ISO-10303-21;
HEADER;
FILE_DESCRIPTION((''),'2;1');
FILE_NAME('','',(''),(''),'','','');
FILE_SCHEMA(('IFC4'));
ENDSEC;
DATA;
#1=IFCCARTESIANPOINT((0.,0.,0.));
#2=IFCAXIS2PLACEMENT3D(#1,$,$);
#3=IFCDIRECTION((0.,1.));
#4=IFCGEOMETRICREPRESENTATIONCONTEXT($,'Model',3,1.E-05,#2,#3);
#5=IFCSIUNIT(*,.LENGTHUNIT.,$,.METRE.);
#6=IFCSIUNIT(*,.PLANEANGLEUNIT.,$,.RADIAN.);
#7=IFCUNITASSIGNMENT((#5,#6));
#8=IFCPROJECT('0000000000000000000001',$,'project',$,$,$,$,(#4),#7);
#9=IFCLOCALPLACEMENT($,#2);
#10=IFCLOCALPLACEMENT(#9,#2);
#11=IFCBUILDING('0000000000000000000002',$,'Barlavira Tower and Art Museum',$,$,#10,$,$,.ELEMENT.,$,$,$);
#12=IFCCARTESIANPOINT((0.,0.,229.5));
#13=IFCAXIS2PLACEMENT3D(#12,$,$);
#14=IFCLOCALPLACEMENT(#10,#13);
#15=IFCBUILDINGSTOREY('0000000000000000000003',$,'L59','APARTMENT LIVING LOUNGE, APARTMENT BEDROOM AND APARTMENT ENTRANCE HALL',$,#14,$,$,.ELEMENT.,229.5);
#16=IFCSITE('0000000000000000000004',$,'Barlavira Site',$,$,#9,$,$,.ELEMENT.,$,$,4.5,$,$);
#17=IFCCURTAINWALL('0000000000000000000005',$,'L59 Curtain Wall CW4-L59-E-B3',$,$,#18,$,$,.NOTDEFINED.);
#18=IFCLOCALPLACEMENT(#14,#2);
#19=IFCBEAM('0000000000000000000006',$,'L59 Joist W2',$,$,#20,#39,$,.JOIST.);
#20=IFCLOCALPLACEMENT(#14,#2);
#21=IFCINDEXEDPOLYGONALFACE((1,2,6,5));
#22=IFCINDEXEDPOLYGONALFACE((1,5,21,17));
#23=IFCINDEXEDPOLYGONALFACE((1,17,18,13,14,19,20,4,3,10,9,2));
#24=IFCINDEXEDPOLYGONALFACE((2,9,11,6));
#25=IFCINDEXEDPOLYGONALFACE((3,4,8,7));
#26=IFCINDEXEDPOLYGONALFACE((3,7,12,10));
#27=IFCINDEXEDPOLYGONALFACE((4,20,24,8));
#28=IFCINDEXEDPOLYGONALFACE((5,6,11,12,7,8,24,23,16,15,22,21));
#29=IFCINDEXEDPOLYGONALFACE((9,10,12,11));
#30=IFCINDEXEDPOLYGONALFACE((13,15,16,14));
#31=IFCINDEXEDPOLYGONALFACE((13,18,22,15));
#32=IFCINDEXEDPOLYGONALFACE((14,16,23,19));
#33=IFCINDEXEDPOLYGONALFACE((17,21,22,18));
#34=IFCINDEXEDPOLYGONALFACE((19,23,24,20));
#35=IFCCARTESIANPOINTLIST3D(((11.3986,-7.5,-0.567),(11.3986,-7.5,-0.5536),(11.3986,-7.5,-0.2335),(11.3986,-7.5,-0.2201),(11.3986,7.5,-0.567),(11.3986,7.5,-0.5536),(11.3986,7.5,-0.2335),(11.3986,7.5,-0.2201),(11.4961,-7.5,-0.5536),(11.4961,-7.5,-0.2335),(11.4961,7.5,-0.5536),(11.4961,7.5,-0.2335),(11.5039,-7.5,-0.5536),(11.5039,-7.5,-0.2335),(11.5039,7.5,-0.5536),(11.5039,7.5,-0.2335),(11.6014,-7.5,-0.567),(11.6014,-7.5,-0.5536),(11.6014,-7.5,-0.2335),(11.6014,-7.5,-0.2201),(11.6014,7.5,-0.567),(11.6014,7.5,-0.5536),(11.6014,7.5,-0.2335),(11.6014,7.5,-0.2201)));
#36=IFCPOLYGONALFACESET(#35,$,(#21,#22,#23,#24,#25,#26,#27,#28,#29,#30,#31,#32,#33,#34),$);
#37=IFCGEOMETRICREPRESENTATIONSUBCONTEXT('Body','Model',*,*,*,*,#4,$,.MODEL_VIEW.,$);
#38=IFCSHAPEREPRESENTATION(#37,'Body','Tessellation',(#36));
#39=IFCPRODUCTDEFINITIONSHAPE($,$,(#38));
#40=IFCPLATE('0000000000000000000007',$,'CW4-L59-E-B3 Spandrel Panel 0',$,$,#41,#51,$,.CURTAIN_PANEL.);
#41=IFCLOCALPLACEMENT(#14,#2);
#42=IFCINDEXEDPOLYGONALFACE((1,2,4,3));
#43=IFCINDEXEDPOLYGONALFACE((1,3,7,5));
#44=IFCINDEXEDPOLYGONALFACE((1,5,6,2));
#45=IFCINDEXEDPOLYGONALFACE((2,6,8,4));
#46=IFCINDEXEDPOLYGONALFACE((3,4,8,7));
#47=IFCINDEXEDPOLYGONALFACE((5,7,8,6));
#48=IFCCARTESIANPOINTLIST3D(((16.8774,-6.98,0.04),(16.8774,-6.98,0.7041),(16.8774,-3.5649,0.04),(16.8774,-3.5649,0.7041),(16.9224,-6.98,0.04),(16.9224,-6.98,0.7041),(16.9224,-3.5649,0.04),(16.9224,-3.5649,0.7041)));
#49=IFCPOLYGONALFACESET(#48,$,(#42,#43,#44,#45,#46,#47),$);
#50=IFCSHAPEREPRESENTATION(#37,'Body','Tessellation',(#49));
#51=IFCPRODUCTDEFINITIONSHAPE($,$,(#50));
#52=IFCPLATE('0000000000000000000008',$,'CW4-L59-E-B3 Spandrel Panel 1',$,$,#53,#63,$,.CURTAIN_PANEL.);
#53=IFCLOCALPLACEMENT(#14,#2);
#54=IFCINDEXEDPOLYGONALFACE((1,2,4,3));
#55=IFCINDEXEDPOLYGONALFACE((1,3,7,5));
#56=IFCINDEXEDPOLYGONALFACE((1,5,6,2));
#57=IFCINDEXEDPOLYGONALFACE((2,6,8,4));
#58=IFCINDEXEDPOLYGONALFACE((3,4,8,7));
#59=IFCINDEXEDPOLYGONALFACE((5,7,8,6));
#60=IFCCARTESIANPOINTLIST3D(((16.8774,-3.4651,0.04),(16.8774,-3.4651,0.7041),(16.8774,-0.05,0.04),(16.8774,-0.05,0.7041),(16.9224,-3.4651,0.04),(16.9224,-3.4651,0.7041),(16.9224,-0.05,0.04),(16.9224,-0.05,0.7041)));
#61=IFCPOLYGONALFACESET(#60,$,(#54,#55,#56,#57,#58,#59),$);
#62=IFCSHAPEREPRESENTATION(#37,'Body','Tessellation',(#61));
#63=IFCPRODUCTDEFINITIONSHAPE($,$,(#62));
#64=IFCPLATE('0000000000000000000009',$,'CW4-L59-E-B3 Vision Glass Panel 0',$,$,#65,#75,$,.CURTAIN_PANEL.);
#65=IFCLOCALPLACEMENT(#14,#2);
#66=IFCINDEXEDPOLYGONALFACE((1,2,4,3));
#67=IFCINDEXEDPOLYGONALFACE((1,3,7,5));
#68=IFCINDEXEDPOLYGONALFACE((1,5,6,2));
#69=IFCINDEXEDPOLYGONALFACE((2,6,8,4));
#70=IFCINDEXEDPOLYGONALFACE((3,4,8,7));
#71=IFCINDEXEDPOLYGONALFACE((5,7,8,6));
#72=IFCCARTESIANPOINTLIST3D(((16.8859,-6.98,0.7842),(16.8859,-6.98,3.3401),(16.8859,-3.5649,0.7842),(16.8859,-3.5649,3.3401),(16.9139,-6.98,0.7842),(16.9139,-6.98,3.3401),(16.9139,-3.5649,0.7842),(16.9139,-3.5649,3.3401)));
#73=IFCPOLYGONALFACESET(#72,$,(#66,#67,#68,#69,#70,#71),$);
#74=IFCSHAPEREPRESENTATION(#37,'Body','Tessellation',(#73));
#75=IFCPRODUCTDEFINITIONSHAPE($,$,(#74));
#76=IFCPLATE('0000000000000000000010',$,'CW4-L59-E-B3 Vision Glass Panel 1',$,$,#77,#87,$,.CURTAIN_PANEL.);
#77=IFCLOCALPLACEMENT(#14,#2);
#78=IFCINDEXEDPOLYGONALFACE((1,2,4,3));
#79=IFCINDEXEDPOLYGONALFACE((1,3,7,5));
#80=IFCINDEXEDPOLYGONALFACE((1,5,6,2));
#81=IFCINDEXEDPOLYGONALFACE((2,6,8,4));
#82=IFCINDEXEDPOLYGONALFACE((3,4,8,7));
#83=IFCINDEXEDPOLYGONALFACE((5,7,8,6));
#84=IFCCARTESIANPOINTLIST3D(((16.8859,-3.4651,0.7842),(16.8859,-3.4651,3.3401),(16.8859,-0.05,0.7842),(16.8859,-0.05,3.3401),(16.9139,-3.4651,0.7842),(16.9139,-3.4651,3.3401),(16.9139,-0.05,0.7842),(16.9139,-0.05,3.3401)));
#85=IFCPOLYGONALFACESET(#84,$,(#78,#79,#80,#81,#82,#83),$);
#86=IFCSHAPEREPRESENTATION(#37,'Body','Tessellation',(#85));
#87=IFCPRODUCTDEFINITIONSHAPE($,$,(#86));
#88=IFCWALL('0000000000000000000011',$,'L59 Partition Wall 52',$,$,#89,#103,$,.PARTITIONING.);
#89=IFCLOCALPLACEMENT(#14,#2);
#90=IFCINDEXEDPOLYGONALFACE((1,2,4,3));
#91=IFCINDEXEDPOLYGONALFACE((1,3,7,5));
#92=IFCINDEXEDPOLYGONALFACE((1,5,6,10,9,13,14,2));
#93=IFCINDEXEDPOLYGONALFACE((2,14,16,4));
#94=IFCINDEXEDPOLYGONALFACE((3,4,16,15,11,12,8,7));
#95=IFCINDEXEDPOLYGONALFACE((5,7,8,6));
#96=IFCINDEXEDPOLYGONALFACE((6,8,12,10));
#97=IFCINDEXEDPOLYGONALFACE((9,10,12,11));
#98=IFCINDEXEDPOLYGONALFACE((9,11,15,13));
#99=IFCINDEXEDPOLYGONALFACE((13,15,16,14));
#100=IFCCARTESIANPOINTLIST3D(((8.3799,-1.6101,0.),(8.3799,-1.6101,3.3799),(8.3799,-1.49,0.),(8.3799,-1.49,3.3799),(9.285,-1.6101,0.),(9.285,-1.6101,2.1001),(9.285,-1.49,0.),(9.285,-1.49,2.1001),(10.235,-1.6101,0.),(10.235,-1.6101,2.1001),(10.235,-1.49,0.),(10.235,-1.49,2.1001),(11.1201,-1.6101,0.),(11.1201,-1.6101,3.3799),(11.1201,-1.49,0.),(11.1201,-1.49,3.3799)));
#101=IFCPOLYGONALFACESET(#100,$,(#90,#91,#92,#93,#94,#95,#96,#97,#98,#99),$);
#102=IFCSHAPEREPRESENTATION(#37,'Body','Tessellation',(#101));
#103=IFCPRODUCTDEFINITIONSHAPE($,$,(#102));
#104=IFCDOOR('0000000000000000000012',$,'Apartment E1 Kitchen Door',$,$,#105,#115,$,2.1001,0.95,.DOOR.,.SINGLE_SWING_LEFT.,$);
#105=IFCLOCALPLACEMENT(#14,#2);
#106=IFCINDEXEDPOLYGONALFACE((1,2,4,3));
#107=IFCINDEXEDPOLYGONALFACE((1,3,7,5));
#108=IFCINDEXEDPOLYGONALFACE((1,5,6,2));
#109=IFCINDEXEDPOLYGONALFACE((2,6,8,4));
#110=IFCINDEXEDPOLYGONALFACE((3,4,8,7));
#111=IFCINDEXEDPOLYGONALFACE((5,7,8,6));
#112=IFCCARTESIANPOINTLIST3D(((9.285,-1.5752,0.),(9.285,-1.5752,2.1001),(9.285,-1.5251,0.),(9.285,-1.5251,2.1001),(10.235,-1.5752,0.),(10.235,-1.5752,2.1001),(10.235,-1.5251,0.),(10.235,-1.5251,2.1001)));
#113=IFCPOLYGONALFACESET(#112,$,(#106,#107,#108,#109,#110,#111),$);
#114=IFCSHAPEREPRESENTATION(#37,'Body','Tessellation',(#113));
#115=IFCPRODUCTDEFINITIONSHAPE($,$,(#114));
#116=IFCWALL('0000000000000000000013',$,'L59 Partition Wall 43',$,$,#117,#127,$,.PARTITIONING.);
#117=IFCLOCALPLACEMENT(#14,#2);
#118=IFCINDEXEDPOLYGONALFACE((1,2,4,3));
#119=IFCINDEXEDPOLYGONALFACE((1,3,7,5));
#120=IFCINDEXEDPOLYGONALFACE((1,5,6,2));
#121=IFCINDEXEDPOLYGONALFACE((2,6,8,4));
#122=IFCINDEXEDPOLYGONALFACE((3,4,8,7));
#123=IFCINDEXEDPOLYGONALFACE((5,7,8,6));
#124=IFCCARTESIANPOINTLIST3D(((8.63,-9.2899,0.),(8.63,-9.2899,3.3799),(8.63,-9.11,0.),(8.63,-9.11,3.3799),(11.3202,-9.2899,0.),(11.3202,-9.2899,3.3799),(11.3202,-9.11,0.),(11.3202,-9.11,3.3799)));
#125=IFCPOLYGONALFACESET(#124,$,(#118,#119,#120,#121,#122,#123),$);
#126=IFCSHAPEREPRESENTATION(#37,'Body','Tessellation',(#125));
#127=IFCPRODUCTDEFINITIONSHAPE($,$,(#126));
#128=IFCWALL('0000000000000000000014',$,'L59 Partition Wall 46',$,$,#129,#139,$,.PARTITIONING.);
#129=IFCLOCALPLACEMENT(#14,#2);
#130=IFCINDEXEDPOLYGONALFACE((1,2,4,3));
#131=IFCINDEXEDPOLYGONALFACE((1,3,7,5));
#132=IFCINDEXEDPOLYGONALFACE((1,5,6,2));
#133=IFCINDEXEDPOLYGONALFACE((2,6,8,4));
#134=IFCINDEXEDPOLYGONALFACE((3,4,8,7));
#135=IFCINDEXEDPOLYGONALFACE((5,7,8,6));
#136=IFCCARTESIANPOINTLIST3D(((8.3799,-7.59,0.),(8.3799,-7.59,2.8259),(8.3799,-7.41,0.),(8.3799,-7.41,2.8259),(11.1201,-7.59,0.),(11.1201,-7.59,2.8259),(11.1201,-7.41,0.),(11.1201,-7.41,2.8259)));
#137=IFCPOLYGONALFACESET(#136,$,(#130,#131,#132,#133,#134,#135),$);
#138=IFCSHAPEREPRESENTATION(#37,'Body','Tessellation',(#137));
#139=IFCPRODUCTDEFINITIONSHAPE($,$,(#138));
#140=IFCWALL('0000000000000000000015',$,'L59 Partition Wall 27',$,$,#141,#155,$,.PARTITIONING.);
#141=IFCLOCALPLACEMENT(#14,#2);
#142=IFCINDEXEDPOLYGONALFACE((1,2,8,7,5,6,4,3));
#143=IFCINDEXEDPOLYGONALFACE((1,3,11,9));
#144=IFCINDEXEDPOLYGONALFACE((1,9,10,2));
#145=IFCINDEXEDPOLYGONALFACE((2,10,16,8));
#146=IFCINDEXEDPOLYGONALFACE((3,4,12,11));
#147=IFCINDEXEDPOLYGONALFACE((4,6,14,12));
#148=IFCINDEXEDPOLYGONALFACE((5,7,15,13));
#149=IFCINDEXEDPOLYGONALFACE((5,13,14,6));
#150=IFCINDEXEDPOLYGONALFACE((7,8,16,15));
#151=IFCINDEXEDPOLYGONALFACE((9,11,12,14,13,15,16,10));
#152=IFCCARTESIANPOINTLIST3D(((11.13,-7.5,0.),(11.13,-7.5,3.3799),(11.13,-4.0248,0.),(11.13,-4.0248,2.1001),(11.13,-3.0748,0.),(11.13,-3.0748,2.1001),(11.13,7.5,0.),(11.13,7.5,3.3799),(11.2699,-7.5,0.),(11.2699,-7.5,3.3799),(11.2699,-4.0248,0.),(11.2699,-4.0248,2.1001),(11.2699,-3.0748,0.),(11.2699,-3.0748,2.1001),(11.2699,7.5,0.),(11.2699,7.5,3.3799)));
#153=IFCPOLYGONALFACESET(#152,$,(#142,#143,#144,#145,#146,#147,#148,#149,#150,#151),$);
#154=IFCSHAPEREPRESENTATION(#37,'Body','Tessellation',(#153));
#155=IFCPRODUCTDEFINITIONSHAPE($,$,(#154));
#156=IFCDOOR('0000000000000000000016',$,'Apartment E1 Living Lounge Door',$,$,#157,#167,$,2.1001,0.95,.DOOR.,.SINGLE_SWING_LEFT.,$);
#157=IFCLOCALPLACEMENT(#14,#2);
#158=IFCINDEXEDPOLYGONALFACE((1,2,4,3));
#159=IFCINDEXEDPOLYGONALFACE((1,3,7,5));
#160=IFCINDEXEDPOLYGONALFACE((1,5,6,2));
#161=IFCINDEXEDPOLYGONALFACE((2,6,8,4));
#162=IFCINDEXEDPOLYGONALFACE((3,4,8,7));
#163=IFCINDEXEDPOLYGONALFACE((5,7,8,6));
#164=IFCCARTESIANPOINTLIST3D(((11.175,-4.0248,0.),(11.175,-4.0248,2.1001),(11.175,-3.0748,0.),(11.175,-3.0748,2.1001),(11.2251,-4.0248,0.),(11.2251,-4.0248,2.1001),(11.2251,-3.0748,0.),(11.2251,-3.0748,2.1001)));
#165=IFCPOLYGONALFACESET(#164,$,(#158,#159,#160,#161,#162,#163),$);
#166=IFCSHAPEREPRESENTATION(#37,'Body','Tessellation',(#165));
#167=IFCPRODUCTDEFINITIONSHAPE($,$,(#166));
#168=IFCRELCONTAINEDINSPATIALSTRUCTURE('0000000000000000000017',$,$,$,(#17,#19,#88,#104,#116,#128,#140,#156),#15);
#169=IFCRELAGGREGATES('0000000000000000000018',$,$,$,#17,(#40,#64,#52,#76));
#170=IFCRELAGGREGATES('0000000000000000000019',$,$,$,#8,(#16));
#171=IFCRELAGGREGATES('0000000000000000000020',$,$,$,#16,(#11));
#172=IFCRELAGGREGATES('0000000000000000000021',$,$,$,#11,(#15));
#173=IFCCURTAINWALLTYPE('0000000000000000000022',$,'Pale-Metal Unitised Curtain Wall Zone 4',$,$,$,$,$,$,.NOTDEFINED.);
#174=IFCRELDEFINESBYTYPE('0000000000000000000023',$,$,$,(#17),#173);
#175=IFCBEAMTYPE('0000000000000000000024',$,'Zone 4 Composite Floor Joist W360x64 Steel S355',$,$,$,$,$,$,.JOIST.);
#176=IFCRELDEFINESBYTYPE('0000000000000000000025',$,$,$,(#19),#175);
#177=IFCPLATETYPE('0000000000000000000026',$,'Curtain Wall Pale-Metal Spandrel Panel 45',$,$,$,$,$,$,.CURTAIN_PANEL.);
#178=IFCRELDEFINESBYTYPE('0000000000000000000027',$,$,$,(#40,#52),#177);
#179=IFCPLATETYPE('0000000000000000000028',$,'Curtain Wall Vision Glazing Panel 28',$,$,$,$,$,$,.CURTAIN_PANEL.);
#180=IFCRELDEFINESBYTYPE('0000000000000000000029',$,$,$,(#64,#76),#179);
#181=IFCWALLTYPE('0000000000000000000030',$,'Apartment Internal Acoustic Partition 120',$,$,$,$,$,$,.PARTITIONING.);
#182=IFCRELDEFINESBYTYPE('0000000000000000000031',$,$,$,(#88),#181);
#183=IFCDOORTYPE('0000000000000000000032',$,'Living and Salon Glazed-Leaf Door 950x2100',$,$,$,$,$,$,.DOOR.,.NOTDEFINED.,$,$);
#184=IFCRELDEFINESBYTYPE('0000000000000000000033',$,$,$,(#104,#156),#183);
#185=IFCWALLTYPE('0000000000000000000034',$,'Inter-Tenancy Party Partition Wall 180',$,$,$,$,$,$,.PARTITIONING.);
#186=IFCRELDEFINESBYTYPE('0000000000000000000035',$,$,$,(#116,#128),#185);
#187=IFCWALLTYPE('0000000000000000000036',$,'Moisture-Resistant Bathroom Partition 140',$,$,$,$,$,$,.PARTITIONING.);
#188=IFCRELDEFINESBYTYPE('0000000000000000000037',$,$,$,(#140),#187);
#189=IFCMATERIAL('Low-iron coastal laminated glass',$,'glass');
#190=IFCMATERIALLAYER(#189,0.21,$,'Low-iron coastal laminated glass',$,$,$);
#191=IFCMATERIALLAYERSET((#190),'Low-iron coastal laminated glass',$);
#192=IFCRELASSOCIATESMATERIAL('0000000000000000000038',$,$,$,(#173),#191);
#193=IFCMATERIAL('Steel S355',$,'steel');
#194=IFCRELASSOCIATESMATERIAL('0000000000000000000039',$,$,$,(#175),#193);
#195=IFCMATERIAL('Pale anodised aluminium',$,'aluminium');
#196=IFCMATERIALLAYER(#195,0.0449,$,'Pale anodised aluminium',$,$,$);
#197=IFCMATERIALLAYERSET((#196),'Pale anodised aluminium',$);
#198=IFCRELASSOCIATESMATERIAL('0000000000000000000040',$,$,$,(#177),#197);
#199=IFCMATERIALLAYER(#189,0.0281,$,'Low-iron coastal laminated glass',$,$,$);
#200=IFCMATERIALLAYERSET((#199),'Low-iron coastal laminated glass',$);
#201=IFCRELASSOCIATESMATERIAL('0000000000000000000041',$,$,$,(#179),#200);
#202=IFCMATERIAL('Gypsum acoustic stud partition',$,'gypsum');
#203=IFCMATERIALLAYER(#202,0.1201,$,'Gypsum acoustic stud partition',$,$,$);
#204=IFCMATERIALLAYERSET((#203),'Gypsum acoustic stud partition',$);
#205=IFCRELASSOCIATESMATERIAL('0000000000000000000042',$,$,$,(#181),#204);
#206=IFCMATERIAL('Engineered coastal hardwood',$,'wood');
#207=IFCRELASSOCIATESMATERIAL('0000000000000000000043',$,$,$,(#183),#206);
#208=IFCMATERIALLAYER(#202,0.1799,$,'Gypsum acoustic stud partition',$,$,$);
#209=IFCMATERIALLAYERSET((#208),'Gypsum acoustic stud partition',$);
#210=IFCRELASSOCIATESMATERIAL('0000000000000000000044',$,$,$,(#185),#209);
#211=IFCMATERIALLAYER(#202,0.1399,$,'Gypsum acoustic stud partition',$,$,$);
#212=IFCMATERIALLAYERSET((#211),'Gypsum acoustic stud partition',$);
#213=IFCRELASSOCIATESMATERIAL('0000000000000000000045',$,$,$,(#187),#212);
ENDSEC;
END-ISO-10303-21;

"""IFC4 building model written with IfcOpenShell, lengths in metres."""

from ifc_helpers import new_model, si_unit, direction, frame, frame_2d, origin, origin_2d, place, context, subcontext, project, spatial, rectangle, i_section, extrude, material, layer, layer_set, material_profile, profile_set, type_object, element, fill, aggregate, save


model = new_model("IFC4")

# Units and contexts
model_context = context("Model", 3, precision=1e-05, world=origin(), true_north=direction((0.0, 1.0)))
body_context = subcontext(model_context, "Body", "Model", "MODEL_VIEW")
ifc_project = project(units=[si_unit("LENGTHUNIT", "METRE"), si_unit("PLANEANGLEUNIT", "RADIAN")], contexts=[model_context])

# Site, building, storey
site_placement = place(None, origin())
site = spatial("IfcSite", under=ifc_project, at=site_placement, Name="Barlavira Site", CompositionType="ELEMENT", RefElevation=4.5)
building_placement = place(site_placement, origin())
building = spatial("IfcBuilding", under=site, at=building_placement, Name="Barlavira Tower and Art Museum", CompositionType="ELEMENT")
storey_placement = place(building_placement, frame((0.0, 0.0, 229.5)))
storey = spatial("IfcBuildingStorey", under=building, at=storey_placement, Name="L59", Description="APARTMENT LIVING LOUNGE, APARTMENT BEDROOM AND APARTMENT ENTRANCE HALL", CompositionType="ELEMENT", Elevation=229.5)

# Curtain wall
ifc_material_1 = material(Name="Low-iron coastal laminated glass", Category="glass")
ifc_layer_1 = layer(ifc_material_1, 0.21, Name="Low-iron coastal laminated glass")
ifc_layer_set_1 = layer_set([ifc_layer_1], Name="Low-iron coastal laminated glass")
curtain_wall_type = type_object("IfcCurtainWallType", Name="Pale-Metal Unitised Curtain Wall Zone 4", PredefinedType="NOTDEFINED", material=ifc_layer_set_1)
curtain_wall_placement = place(storey_placement, origin())
curtain_wall = element("IfcCurtainWall", 1, at=curtain_wall_placement, inside=storey, type_object=curtain_wall_type, Name="L59 Curtain Wall CW4-L59-E-B3", PredefinedType="NOTDEFINED")
ifc_material_2 = material(Name="Pale anodised aluminium", Category="aluminium")

# Beam
ifc_material_3 = material(Name="Steel S355", Category="steel")
ifc_material_profile_1 = material_profile(ifc_material_3, i_section(OverallWidth=0.2029, OverallDepth=0.3469, WebThickness=0.0078, FlangeThickness=0.0134, at=origin_2d()), Name="W360x64.0")
ifc_profile_set_1 = profile_set([ifc_material_profile_1], Name="Steel S355")
beam_type_1 = type_object("IfcBeamType", Name="Zone 4 Composite Floor Joist W360x64 Steel S355", PredefinedType="JOIST", material=ifc_profile_set_1)
beam_1_placement = place(storey_placement, frame((11.5, -7.5, -0.3936), z_axis=(0.0, 1.0, 0.0), x_axis=(-1.0, 0.0, 0.0)))
element("IfcBeam", 2, at=beam_1_placement, inside=storey, type_object=beam_type_1, Name="L59 Joist W2", PredefinedType="JOIST", context=body_context, shape_type="SweptSolid", body=[
    extrude(i_section(OverallWidth=0.2029, OverallDepth=0.3469, WebThickness=0.0078, FlangeThickness=0.0134, at=origin_2d()), origin(), (0.0, 0.0, 1.0), 15.0),
])

# Plates
ifc_layer_2 = layer(ifc_material_2, 0.0449, Name="Pale anodised aluminium")
ifc_layer_set_2 = layer_set([ifc_layer_2], Name="Pale anodised aluminium")
plate_type_1 = type_object("IfcPlateType", Name="Curtain Wall Pale-Metal Spandrel Panel 45", PredefinedType="CURTAIN_PANEL", material=ifc_layer_set_2)
plate_1_placement = place(storey_placement, frame((16.8999, -5.2725, 0.04), z_axis=(0.0, 0.0, 1.0), x_axis=(0.0, 1.0, 0.0)))
plate_1 = element("IfcPlate", 3, at=plate_1_placement, type_object=plate_type_1, Name="CW4-L59-E-B3 Spandrel Panel 0", PredefinedType="CURTAIN_PANEL", context=body_context, shape_type="SweptSolid", body=[
    extrude(rectangle(XDim=3.415, YDim=0.0449, at=origin_2d()), origin(), (0.0, 0.0, 1.0), 0.6641),
])
plate_2_placement = place(storey_placement, frame((16.8999, -1.7576, 0.04), z_axis=(0.0, 0.0, 1.0), x_axis=(0.0, 1.0, 0.0)))
plate_2 = element("IfcPlate", 4, at=plate_2_placement, type_object=plate_type_1, Name="CW4-L59-E-B3 Spandrel Panel 1", PredefinedType="CURTAIN_PANEL", context=body_context, shape_type="SweptSolid", body=[
    extrude(rectangle(XDim=3.415, YDim=0.0449, at=origin_2d()), origin(), (0.0, 0.0, 1.0), 0.6641),
])
ifc_layer_3 = layer(ifc_material_1, 0.0281, Name="Low-iron coastal laminated glass")
ifc_layer_set_3 = layer_set([ifc_layer_3], Name="Low-iron coastal laminated glass")
plate_type_2 = type_object("IfcPlateType", Name="Curtain Wall Vision Glazing Panel 28", PredefinedType="CURTAIN_PANEL", material=ifc_layer_set_3)
plate_3_placement = place(storey_placement, frame((16.8999, -5.2725, 0.7842), z_axis=(0.0, 0.0, 1.0), x_axis=(0.0, 1.0, 0.0)))
plate_3 = element("IfcPlate", 5, at=plate_3_placement, type_object=plate_type_2, Name="CW4-L59-E-B3 Vision Glass Panel 0", PredefinedType="CURTAIN_PANEL", context=body_context, shape_type="SweptSolid", body=[
    extrude(rectangle(XDim=3.415, YDim=0.0281, at=origin_2d()), origin(), (0.0, 0.0, 1.0), 2.5559),
])
plate_4_placement = place(storey_placement, frame((16.8999, -1.7576, 0.7842), z_axis=(0.0, 0.0, 1.0), x_axis=(0.0, 1.0, 0.0)))
plate_4 = element("IfcPlate", 6, at=plate_4_placement, type_object=plate_type_2, Name="CW4-L59-E-B3 Vision Glass Panel 1", PredefinedType="CURTAIN_PANEL", context=body_context, shape_type="SweptSolid", body=[
    extrude(rectangle(XDim=3.415, YDim=0.0281, at=origin_2d()), origin(), (0.0, 0.0, 1.0), 2.5559),
])
aggregate(curtain_wall, [plate_1, plate_3, plate_2, plate_4])

# Wall, opening, door
ifc_material_4 = material(Name="Gypsum acoustic stud partition", Category="gypsum")
ifc_layer_4 = layer(ifc_material_4, 0.1201, Name="Gypsum acoustic stud partition")
ifc_layer_set_4 = layer_set([ifc_layer_4], Name="Gypsum acoustic stud partition")
wall_type_1 = type_object("IfcWallType", Name="Apartment Internal Acoustic Partition 120", PredefinedType="PARTITIONING", material=ifc_layer_set_4)
wall_1_placement = place(storey_placement, frame((8.3799, -1.55, 0.0), z_axis=(0.0, 0.0, 1.0), x_axis=(1.0, 0.0, 0.0)))
wall_1 = element("IfcWall", 7, at=wall_1_placement, inside=storey, type_object=wall_type_1, Name="L59 Partition Wall 52", PredefinedType="PARTITIONING", context=body_context, shape_type="SweptSolid", body=[
    extrude(rectangle(XDim=2.7402, YDim=0.1201, at=frame_2d((1.3701, 0.0))), origin(), (0.0, 0.0, 1.0), 3.3799),
])
opening_1_placement = place(wall_1_placement, frame((0.905, 0.0, 0.0)))
opening_1 = element("IfcOpeningElement", 8, at=opening_1_placement, cuts=wall_1, PredefinedType="OPENING", context=body_context, shape_type="SweptSolid", body=[
    extrude(rectangle(XDim=0.95, YDim=2.1001, at=frame_2d((0.4751, 1.05))), frame((0.0, 0.0701, 0.0), z_axis=(0.0, -1.0, 0.0), x_axis=(1.0, 0.0, 0.0)), (0.0, 0.0, 1.0), 0.1401),
])
ifc_material_5 = material(Name="Engineered coastal hardwood", Category="wood")
door_type_1 = type_object("IfcDoorType", Name="Living and Salon Glazed-Leaf Door 950x2100", OperationType="NOTDEFINED", PredefinedType="DOOR", material=ifc_material_5)
door_1_placement = place(opening_1_placement, origin())
door_1 = element("IfcDoor", 9, at=door_1_placement, inside=storey, type_object=door_type_1, Name="Apartment E1 Kitchen Door", OperationType="SINGLE_SWING_LEFT", OverallHeight=2.1001, OverallWidth=0.95, PredefinedType="DOOR", context=body_context, shape_type="SweptSolid", body=[
    extrude(rectangle(XDim=0.95, YDim=2.1001, at=frame_2d((0.4751, 1.05))), frame((0.0, 0.0249, 0.0), z_axis=(0.0, -1.0, 0.0), x_axis=(1.0, 0.0, 0.0)), (0.0, 0.0, 1.0), 0.05),
])
fill(opening_1, door_1)

# Walls
ifc_layer_5 = layer(ifc_material_4, 0.1799, Name="Gypsum acoustic stud partition")
ifc_layer_set_5 = layer_set([ifc_layer_5], Name="Gypsum acoustic stud partition")
wall_type_2 = type_object("IfcWallType", Name="Inter-Tenancy Party Partition Wall 180", PredefinedType="PARTITIONING", material=ifc_layer_set_5)
wall_2_placement = place(storey_placement, frame((8.6299, -9.2, 0.0), z_axis=(0.0, 0.0, 1.0), x_axis=(1.0, 0.0, 0.0)))
element("IfcWall", 10, at=wall_2_placement, inside=storey, type_object=wall_type_2, Name="L59 Partition Wall 43", PredefinedType="PARTITIONING", context=body_context, shape_type="SweptSolid", body=[
    extrude(rectangle(XDim=2.6902, YDim=0.1799, at=frame_2d((1.3452, 0.0))), origin(), (0.0, 0.0, 1.0), 3.3799),
])
wall_3_placement = place(storey_placement, frame((8.3799, -7.5, 0.0), z_axis=(0.0, 0.0, 1.0), x_axis=(1.0, 0.0, 0.0)))
element("IfcWall", 11, at=wall_3_placement, inside=storey, type_object=wall_type_2, Name="L59 Partition Wall 46", PredefinedType="PARTITIONING", context=body_context, shape_type="SweptSolid", body=[
    extrude(rectangle(XDim=2.7402, YDim=0.1799, at=frame_2d((1.3701, 0.0))), origin(), (0.0, 0.0, 1.0), 2.8259),
])

# Wall, opening, door
ifc_layer_6 = layer(ifc_material_4, 0.1399, Name="Gypsum acoustic stud partition")
ifc_layer_set_6 = layer_set([ifc_layer_6], Name="Gypsum acoustic stud partition")
wall_type_3 = type_object("IfcWallType", Name="Moisture-Resistant Bathroom Partition 140", PredefinedType="PARTITIONING", material=ifc_layer_set_6)
wall_4_placement = place(storey_placement, frame((11.2, -7.5, 0.0), z_axis=(0.0, 0.0, 1.0), x_axis=(0.0, 1.0, 0.0)))
wall_4 = element("IfcWall", 12, at=wall_4_placement, inside=storey, type_object=wall_type_3, Name="L59 Partition Wall 27", PredefinedType="PARTITIONING", context=body_context, shape_type="SweptSolid", body=[
    extrude(rectangle(XDim=15.0, YDim=0.1399, at=frame_2d((7.5, 0.0))), origin(), (0.0, 0.0, 1.0), 3.3799),
])
opening_2_placement = place(wall_4_placement, frame((3.4751, 0.0, 0.0)))
opening_2 = element("IfcOpeningElement", 13, at=opening_2_placement, cuts=wall_4, PredefinedType="OPENING", context=body_context, shape_type="SweptSolid", body=[
    extrude(rectangle(XDim=0.95, YDim=2.1001, at=frame_2d((0.4751, 1.05))), frame((0.0, 0.0801, 0.0), z_axis=(0.0, -1.0, 0.0), x_axis=(1.0, 0.0, 0.0)), (0.0, 0.0, 1.0), 0.1599),
])
door_2_placement = place(opening_2_placement, origin())
door_2 = element("IfcDoor", 14, at=door_2_placement, inside=storey, type_object=door_type_1, Name="Apartment E1 Living Lounge Door", OperationType="SINGLE_SWING_LEFT", OverallHeight=2.1001, OverallWidth=0.95, PredefinedType="DOOR", context=body_context, shape_type="SweptSolid", body=[
    extrude(rectangle(XDim=0.95, YDim=2.1001, at=frame_2d((0.4751, 1.05))), frame((0.0, 0.0249, 0.0), z_axis=(0.0, -1.0, 0.0), x_axis=(1.0, 0.0, 0.0)), (0.0, 0.0, 1.0), 0.05),
])
fill(opening_2, door_2)

save(model, "model.ifc")
